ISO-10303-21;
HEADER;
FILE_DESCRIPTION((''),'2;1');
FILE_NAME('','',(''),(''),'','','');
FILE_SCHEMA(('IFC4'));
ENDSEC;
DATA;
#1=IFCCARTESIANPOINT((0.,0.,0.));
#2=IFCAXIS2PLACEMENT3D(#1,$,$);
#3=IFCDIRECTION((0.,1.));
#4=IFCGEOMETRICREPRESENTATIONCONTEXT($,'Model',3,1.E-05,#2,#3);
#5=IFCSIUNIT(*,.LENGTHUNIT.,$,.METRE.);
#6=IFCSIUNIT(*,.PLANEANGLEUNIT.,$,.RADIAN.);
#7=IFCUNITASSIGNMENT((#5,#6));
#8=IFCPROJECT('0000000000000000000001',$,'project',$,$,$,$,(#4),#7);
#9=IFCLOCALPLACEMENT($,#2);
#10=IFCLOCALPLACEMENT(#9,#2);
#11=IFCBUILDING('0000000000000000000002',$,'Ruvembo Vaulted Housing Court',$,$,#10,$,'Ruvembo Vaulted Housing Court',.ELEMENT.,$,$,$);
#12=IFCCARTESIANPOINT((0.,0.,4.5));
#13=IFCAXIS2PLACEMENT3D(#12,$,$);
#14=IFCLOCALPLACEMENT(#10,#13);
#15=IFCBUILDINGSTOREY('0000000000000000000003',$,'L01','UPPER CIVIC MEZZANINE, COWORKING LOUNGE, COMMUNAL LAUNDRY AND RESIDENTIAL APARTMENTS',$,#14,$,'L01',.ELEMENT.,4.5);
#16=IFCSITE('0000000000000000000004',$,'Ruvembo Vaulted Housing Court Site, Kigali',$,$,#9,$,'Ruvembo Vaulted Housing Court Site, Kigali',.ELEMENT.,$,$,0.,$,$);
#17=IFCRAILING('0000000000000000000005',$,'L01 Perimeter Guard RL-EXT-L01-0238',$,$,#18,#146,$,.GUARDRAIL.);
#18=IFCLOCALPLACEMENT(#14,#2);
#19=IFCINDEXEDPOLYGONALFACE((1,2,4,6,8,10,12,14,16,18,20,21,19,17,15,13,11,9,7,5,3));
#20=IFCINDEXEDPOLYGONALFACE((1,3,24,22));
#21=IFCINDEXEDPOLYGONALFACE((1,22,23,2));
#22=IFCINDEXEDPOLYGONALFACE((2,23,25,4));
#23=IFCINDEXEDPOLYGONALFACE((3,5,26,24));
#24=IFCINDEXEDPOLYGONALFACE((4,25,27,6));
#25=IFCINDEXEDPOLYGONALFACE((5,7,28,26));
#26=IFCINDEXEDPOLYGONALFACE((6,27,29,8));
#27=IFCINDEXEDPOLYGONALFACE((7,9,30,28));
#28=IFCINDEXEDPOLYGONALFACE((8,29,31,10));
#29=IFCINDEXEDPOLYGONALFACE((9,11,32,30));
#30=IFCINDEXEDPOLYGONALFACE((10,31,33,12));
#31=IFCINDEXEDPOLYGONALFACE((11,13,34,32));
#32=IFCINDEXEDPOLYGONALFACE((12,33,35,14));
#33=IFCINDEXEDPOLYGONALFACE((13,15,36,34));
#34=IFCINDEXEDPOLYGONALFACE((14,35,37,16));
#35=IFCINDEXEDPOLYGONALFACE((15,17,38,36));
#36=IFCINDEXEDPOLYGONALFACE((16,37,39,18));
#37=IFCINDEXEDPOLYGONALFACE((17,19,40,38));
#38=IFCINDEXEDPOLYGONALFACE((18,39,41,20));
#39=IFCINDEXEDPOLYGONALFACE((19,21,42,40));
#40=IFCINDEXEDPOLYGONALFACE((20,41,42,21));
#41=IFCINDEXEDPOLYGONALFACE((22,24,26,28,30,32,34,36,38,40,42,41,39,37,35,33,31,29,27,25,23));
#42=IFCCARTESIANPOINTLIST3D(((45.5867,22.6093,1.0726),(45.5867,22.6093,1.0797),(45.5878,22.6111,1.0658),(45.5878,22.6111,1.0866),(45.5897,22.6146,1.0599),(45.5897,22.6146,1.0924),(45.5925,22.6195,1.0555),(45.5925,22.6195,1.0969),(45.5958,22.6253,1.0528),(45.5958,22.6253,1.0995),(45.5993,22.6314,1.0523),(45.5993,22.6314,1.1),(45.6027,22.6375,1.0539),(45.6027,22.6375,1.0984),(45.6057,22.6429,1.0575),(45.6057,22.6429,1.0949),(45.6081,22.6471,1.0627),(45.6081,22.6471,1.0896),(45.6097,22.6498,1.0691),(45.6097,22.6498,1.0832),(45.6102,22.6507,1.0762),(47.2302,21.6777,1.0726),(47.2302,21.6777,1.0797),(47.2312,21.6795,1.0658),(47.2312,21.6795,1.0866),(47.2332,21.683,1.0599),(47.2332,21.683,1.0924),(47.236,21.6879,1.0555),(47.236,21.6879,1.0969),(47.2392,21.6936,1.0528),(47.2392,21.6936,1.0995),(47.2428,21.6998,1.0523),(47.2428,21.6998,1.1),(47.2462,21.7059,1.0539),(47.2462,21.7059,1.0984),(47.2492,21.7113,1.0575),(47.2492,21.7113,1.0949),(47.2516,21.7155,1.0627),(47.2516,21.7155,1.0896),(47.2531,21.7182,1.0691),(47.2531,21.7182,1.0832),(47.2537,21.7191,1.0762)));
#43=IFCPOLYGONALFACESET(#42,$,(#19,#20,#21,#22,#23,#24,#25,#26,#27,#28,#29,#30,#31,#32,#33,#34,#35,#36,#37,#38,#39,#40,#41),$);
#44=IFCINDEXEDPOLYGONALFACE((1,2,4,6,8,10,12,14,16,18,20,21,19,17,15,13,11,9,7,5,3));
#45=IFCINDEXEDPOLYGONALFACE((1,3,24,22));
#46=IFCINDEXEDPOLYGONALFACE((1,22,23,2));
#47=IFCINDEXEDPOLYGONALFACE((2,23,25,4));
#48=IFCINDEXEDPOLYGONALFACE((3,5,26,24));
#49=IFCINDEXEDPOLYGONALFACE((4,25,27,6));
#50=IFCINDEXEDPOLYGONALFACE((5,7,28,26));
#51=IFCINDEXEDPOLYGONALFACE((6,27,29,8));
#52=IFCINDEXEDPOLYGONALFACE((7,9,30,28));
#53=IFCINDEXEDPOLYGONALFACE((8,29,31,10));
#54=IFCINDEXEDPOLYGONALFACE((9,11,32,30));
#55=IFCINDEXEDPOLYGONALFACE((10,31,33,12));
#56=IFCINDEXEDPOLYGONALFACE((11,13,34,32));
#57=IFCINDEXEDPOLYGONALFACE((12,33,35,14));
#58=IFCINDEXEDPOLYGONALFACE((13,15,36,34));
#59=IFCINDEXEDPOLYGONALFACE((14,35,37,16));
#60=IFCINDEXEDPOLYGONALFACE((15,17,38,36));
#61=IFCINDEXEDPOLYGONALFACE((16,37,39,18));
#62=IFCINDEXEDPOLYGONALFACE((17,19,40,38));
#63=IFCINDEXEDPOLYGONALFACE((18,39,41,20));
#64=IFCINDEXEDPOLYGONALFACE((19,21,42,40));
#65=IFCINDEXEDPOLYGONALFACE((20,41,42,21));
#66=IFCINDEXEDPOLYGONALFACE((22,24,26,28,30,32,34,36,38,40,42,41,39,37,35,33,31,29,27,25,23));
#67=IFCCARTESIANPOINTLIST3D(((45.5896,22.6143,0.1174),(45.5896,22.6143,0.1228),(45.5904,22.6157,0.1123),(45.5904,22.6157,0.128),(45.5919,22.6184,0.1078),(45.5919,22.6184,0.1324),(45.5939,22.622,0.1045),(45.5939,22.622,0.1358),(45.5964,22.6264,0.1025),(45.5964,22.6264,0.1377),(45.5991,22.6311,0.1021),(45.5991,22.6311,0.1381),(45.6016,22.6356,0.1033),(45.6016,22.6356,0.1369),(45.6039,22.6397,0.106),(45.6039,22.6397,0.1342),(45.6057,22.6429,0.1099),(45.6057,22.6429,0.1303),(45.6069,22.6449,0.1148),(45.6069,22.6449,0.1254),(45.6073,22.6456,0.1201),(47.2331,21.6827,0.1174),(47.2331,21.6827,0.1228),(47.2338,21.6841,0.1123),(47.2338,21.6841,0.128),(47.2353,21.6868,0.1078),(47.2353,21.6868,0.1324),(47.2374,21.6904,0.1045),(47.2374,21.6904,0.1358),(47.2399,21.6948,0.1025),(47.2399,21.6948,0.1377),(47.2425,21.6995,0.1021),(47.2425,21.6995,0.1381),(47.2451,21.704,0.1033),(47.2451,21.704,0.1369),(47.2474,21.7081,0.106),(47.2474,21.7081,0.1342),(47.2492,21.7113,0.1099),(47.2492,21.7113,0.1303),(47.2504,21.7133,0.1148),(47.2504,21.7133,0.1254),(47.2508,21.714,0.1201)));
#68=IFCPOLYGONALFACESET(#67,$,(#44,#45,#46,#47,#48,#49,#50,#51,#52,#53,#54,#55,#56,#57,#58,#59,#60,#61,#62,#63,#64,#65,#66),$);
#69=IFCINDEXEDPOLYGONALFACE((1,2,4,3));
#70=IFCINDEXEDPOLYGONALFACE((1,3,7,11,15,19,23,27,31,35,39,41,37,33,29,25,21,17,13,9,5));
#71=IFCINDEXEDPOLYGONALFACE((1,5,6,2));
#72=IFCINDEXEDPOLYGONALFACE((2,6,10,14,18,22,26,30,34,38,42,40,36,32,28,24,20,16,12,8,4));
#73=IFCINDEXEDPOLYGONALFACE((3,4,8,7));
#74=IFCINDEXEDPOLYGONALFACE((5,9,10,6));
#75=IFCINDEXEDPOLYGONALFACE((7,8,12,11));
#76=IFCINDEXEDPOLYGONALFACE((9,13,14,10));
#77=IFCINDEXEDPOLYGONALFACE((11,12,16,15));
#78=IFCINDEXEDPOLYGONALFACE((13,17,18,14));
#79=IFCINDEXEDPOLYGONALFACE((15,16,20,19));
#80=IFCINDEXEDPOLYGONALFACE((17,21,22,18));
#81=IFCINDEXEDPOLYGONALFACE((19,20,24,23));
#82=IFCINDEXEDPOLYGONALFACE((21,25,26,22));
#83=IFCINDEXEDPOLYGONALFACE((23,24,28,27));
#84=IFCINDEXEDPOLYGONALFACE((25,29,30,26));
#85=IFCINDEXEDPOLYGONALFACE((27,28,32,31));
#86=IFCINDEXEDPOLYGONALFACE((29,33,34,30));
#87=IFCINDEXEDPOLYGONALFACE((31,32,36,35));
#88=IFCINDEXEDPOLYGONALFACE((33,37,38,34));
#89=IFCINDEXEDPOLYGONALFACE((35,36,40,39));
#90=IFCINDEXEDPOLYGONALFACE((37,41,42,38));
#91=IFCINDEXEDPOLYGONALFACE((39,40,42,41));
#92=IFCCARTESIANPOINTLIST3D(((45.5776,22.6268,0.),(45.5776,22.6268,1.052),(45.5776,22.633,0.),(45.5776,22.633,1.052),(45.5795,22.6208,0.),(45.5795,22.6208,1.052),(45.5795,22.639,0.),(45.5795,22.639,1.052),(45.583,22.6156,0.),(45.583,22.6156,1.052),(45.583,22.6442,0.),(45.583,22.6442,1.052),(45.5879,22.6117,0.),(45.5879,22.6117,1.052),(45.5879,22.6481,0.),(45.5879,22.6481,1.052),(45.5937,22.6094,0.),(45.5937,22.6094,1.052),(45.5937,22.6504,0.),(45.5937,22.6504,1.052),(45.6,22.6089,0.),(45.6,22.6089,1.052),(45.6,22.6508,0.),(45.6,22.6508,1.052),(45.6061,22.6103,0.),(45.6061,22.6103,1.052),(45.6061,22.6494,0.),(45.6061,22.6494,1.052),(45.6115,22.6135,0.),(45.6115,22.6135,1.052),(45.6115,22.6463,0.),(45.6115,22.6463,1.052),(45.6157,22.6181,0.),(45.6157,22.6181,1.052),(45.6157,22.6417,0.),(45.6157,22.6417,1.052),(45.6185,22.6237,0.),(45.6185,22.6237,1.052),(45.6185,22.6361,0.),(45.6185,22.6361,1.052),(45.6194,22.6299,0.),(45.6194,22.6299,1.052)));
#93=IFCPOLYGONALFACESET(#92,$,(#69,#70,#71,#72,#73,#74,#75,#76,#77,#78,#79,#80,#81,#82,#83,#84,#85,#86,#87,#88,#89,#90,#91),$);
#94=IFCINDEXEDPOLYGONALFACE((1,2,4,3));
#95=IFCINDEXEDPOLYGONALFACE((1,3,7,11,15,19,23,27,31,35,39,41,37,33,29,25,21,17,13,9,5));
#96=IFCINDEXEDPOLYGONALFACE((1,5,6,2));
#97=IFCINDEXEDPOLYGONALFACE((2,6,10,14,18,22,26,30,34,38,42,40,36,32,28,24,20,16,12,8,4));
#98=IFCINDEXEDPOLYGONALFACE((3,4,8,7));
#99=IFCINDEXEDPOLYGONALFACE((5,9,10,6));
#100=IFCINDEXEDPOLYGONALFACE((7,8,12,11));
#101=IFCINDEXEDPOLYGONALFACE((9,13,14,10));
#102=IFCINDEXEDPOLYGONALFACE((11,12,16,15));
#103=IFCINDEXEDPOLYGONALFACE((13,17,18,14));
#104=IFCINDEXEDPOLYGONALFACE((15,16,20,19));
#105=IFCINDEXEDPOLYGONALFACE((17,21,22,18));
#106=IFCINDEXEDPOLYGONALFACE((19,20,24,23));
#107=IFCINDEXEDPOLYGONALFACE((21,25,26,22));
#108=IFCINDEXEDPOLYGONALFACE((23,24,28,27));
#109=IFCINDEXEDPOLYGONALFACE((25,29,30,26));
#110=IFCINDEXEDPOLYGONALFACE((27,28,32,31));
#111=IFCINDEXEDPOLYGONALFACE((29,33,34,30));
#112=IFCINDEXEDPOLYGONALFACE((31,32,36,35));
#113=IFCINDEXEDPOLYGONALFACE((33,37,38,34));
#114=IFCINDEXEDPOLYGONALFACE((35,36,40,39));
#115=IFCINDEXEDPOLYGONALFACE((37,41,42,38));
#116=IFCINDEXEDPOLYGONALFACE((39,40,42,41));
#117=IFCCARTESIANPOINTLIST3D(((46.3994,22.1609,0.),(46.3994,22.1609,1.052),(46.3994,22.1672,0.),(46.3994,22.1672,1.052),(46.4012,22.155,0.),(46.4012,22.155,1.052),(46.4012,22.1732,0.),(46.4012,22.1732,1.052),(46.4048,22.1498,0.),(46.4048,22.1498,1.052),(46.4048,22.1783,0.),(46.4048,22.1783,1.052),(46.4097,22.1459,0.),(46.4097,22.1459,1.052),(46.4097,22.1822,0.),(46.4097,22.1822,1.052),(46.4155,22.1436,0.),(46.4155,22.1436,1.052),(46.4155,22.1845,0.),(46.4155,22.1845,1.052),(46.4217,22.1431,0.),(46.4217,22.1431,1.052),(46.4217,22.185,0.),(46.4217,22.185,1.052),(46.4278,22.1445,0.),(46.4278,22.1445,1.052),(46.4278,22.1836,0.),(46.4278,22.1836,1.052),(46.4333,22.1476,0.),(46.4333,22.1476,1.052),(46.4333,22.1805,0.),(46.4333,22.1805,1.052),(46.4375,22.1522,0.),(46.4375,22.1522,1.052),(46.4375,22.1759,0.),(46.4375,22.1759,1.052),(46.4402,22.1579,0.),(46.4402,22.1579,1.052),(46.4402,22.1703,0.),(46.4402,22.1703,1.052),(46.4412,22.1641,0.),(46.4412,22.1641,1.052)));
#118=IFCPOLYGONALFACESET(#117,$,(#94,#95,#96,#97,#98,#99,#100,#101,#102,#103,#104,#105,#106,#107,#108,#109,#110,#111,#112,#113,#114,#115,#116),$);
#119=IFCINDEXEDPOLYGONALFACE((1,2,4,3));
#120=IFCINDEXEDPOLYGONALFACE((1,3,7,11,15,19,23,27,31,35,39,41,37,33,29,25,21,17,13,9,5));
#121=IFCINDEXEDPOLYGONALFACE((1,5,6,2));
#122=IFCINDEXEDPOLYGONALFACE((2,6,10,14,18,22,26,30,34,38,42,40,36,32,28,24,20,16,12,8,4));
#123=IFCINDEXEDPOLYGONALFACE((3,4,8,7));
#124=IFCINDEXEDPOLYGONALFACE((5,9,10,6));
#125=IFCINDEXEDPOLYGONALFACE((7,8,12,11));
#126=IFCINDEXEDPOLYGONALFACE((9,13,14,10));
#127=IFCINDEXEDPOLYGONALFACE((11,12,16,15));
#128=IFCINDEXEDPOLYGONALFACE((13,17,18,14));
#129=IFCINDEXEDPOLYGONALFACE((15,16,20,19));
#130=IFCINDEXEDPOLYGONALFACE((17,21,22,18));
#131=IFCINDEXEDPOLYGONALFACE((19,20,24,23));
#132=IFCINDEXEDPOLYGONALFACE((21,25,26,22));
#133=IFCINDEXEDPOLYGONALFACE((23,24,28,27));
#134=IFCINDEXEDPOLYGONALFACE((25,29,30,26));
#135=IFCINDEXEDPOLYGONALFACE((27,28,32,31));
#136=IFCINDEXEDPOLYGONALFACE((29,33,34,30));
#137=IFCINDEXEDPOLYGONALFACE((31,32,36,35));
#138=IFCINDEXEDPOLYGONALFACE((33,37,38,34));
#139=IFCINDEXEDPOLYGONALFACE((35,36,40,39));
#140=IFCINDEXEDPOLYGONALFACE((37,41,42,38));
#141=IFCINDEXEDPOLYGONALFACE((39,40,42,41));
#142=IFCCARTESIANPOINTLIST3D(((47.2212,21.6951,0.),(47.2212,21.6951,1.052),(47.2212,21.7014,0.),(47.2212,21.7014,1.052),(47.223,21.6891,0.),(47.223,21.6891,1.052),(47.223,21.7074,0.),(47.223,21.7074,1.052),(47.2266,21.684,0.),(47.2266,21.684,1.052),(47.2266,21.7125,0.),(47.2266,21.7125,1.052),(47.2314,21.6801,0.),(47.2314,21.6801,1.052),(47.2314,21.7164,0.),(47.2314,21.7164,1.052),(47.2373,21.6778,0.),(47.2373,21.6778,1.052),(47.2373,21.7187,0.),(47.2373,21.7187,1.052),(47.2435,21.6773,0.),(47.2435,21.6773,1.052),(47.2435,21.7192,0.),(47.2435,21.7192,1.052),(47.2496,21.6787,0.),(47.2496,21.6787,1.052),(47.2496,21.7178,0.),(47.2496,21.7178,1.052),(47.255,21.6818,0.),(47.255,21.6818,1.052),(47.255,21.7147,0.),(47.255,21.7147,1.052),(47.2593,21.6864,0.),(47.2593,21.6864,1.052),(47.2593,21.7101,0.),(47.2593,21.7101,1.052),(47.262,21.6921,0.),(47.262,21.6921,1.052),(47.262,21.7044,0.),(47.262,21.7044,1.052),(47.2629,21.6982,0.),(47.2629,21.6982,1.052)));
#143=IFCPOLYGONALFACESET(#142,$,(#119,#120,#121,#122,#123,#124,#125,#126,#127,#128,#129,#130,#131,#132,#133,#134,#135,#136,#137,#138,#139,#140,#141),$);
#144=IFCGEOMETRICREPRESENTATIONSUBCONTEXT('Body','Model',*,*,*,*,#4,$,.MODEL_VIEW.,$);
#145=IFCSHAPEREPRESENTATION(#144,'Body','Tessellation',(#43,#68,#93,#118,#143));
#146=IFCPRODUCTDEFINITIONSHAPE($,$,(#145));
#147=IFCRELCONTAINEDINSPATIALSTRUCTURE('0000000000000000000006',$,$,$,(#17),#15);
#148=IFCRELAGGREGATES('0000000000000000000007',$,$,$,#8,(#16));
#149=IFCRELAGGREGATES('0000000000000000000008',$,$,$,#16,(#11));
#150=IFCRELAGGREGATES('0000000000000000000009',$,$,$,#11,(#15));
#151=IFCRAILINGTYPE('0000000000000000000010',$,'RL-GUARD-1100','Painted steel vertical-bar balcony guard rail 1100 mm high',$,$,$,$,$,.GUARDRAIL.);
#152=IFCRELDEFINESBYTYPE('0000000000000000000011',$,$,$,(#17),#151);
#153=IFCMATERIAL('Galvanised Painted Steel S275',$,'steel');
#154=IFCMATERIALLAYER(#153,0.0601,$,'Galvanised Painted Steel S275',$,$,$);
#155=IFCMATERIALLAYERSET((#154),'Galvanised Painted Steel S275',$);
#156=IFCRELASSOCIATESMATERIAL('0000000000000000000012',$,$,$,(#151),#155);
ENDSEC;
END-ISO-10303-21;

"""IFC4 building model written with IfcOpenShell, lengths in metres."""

from ifc_helpers import new_model, si_unit, direction, frame, origin, origin_2d, place, context, subcontext, project, spatial, circle, extrude, material, layer, layer_set, type_object, element, save


model = new_model("IFC4")

# Units and contexts
model_context = context("Model", 3, precision=1e-05, world=origin(), true_north=direction((0.0, 1.0)))
body_context = subcontext(model_context, "Body", "Model", "MODEL_VIEW")
ifc_project = project(units=[si_unit("LENGTHUNIT", "METRE"), si_unit("PLANEANGLEUNIT", "RADIAN")], contexts=[model_context])

# Site, building, storey
site_placement = place(None, origin())
site = spatial("IfcSite", under=ifc_project, at=site_placement, Name="Ruvembo Vaulted Housing Court Site, Kigali", LongName="Ruvembo Vaulted Housing Court Site, Kigali", CompositionType="ELEMENT", RefElevation=0.0)
building_placement = place(site_placement, origin())
building = spatial("IfcBuilding", under=site, at=building_placement, Name="Ruvembo Vaulted Housing Court", LongName="Ruvembo Vaulted Housing Court", CompositionType="ELEMENT")
storey_placement = place(building_placement, frame((0.0, 0.0, 4.5)))
storey = spatial("IfcBuildingStorey", under=building, at=storey_placement, Name="L01", Description="UPPER CIVIC MEZZANINE, COWORKING LOUNGE, COMMUNAL LAUNDRY AND RESIDENTIAL APARTMENTS", LongName="L01", CompositionType="ELEMENT", Elevation=4.5)

# Railing
ifc_material_1 = material(Name="Galvanised Painted Steel S275", Category="steel")
ifc_layer_1 = layer(ifc_material_1, 0.0601, Name="Galvanised Painted Steel S275")
ifc_layer_set_1 = layer_set([ifc_layer_1], Name="Galvanised Painted Steel S275")
railing_type = type_object("IfcRailingType", Name="RL-GUARD-1100", Description="Painted steel vertical-bar balcony guard rail 1100 mm high", PredefinedType="GUARDRAIL", material=ifc_layer_set_1)
railing_1_placement = place(storey_placement, frame((45.5984, 22.6299, 0.0)))
element("IfcRailing", 1, at=railing_1_placement, inside=storey, type_object=railing_type, Name="L01 Perimeter Guard RL-EXT-L01-0238", PredefinedType="GUARDRAIL", context=body_context, shape_type="SweptSolid", body=[
    extrude(circle(Radius=0.0239, at=origin_2d()), frame((0.0, 0.0, 1.0762), z_axis=(0.869956, -0.49313, 0.0), x_axis=(0.49313, 0.869956, 0.0)), (0.0, 0.0, 1.0), 1.8892),
    extrude(circle(Radius=0.0181, at=origin_2d()), frame((0.0, 0.0, 0.1201), z_axis=(0.869956, -0.49313, 0.0), x_axis=(0.49313, 0.869956, 0.0)), (0.0, 0.0, 1.0), 1.8892),
    extrude(circle(Radius=0.021, at=origin_2d()), origin(), (0.0, 0.0, 1.0), 1.052),
    extrude(circle(Radius=0.021, at=origin_2d()), frame((0.8218, -0.4658, 0.0)), (0.0, 0.0, 1.0), 1.052),
    extrude(circle(Radius=0.021, at=origin_2d()), frame((1.6436, -0.9316, 0.0)), (0.0, 0.0, 1.0), 1.052),
])

save(model, "model.ifc")
